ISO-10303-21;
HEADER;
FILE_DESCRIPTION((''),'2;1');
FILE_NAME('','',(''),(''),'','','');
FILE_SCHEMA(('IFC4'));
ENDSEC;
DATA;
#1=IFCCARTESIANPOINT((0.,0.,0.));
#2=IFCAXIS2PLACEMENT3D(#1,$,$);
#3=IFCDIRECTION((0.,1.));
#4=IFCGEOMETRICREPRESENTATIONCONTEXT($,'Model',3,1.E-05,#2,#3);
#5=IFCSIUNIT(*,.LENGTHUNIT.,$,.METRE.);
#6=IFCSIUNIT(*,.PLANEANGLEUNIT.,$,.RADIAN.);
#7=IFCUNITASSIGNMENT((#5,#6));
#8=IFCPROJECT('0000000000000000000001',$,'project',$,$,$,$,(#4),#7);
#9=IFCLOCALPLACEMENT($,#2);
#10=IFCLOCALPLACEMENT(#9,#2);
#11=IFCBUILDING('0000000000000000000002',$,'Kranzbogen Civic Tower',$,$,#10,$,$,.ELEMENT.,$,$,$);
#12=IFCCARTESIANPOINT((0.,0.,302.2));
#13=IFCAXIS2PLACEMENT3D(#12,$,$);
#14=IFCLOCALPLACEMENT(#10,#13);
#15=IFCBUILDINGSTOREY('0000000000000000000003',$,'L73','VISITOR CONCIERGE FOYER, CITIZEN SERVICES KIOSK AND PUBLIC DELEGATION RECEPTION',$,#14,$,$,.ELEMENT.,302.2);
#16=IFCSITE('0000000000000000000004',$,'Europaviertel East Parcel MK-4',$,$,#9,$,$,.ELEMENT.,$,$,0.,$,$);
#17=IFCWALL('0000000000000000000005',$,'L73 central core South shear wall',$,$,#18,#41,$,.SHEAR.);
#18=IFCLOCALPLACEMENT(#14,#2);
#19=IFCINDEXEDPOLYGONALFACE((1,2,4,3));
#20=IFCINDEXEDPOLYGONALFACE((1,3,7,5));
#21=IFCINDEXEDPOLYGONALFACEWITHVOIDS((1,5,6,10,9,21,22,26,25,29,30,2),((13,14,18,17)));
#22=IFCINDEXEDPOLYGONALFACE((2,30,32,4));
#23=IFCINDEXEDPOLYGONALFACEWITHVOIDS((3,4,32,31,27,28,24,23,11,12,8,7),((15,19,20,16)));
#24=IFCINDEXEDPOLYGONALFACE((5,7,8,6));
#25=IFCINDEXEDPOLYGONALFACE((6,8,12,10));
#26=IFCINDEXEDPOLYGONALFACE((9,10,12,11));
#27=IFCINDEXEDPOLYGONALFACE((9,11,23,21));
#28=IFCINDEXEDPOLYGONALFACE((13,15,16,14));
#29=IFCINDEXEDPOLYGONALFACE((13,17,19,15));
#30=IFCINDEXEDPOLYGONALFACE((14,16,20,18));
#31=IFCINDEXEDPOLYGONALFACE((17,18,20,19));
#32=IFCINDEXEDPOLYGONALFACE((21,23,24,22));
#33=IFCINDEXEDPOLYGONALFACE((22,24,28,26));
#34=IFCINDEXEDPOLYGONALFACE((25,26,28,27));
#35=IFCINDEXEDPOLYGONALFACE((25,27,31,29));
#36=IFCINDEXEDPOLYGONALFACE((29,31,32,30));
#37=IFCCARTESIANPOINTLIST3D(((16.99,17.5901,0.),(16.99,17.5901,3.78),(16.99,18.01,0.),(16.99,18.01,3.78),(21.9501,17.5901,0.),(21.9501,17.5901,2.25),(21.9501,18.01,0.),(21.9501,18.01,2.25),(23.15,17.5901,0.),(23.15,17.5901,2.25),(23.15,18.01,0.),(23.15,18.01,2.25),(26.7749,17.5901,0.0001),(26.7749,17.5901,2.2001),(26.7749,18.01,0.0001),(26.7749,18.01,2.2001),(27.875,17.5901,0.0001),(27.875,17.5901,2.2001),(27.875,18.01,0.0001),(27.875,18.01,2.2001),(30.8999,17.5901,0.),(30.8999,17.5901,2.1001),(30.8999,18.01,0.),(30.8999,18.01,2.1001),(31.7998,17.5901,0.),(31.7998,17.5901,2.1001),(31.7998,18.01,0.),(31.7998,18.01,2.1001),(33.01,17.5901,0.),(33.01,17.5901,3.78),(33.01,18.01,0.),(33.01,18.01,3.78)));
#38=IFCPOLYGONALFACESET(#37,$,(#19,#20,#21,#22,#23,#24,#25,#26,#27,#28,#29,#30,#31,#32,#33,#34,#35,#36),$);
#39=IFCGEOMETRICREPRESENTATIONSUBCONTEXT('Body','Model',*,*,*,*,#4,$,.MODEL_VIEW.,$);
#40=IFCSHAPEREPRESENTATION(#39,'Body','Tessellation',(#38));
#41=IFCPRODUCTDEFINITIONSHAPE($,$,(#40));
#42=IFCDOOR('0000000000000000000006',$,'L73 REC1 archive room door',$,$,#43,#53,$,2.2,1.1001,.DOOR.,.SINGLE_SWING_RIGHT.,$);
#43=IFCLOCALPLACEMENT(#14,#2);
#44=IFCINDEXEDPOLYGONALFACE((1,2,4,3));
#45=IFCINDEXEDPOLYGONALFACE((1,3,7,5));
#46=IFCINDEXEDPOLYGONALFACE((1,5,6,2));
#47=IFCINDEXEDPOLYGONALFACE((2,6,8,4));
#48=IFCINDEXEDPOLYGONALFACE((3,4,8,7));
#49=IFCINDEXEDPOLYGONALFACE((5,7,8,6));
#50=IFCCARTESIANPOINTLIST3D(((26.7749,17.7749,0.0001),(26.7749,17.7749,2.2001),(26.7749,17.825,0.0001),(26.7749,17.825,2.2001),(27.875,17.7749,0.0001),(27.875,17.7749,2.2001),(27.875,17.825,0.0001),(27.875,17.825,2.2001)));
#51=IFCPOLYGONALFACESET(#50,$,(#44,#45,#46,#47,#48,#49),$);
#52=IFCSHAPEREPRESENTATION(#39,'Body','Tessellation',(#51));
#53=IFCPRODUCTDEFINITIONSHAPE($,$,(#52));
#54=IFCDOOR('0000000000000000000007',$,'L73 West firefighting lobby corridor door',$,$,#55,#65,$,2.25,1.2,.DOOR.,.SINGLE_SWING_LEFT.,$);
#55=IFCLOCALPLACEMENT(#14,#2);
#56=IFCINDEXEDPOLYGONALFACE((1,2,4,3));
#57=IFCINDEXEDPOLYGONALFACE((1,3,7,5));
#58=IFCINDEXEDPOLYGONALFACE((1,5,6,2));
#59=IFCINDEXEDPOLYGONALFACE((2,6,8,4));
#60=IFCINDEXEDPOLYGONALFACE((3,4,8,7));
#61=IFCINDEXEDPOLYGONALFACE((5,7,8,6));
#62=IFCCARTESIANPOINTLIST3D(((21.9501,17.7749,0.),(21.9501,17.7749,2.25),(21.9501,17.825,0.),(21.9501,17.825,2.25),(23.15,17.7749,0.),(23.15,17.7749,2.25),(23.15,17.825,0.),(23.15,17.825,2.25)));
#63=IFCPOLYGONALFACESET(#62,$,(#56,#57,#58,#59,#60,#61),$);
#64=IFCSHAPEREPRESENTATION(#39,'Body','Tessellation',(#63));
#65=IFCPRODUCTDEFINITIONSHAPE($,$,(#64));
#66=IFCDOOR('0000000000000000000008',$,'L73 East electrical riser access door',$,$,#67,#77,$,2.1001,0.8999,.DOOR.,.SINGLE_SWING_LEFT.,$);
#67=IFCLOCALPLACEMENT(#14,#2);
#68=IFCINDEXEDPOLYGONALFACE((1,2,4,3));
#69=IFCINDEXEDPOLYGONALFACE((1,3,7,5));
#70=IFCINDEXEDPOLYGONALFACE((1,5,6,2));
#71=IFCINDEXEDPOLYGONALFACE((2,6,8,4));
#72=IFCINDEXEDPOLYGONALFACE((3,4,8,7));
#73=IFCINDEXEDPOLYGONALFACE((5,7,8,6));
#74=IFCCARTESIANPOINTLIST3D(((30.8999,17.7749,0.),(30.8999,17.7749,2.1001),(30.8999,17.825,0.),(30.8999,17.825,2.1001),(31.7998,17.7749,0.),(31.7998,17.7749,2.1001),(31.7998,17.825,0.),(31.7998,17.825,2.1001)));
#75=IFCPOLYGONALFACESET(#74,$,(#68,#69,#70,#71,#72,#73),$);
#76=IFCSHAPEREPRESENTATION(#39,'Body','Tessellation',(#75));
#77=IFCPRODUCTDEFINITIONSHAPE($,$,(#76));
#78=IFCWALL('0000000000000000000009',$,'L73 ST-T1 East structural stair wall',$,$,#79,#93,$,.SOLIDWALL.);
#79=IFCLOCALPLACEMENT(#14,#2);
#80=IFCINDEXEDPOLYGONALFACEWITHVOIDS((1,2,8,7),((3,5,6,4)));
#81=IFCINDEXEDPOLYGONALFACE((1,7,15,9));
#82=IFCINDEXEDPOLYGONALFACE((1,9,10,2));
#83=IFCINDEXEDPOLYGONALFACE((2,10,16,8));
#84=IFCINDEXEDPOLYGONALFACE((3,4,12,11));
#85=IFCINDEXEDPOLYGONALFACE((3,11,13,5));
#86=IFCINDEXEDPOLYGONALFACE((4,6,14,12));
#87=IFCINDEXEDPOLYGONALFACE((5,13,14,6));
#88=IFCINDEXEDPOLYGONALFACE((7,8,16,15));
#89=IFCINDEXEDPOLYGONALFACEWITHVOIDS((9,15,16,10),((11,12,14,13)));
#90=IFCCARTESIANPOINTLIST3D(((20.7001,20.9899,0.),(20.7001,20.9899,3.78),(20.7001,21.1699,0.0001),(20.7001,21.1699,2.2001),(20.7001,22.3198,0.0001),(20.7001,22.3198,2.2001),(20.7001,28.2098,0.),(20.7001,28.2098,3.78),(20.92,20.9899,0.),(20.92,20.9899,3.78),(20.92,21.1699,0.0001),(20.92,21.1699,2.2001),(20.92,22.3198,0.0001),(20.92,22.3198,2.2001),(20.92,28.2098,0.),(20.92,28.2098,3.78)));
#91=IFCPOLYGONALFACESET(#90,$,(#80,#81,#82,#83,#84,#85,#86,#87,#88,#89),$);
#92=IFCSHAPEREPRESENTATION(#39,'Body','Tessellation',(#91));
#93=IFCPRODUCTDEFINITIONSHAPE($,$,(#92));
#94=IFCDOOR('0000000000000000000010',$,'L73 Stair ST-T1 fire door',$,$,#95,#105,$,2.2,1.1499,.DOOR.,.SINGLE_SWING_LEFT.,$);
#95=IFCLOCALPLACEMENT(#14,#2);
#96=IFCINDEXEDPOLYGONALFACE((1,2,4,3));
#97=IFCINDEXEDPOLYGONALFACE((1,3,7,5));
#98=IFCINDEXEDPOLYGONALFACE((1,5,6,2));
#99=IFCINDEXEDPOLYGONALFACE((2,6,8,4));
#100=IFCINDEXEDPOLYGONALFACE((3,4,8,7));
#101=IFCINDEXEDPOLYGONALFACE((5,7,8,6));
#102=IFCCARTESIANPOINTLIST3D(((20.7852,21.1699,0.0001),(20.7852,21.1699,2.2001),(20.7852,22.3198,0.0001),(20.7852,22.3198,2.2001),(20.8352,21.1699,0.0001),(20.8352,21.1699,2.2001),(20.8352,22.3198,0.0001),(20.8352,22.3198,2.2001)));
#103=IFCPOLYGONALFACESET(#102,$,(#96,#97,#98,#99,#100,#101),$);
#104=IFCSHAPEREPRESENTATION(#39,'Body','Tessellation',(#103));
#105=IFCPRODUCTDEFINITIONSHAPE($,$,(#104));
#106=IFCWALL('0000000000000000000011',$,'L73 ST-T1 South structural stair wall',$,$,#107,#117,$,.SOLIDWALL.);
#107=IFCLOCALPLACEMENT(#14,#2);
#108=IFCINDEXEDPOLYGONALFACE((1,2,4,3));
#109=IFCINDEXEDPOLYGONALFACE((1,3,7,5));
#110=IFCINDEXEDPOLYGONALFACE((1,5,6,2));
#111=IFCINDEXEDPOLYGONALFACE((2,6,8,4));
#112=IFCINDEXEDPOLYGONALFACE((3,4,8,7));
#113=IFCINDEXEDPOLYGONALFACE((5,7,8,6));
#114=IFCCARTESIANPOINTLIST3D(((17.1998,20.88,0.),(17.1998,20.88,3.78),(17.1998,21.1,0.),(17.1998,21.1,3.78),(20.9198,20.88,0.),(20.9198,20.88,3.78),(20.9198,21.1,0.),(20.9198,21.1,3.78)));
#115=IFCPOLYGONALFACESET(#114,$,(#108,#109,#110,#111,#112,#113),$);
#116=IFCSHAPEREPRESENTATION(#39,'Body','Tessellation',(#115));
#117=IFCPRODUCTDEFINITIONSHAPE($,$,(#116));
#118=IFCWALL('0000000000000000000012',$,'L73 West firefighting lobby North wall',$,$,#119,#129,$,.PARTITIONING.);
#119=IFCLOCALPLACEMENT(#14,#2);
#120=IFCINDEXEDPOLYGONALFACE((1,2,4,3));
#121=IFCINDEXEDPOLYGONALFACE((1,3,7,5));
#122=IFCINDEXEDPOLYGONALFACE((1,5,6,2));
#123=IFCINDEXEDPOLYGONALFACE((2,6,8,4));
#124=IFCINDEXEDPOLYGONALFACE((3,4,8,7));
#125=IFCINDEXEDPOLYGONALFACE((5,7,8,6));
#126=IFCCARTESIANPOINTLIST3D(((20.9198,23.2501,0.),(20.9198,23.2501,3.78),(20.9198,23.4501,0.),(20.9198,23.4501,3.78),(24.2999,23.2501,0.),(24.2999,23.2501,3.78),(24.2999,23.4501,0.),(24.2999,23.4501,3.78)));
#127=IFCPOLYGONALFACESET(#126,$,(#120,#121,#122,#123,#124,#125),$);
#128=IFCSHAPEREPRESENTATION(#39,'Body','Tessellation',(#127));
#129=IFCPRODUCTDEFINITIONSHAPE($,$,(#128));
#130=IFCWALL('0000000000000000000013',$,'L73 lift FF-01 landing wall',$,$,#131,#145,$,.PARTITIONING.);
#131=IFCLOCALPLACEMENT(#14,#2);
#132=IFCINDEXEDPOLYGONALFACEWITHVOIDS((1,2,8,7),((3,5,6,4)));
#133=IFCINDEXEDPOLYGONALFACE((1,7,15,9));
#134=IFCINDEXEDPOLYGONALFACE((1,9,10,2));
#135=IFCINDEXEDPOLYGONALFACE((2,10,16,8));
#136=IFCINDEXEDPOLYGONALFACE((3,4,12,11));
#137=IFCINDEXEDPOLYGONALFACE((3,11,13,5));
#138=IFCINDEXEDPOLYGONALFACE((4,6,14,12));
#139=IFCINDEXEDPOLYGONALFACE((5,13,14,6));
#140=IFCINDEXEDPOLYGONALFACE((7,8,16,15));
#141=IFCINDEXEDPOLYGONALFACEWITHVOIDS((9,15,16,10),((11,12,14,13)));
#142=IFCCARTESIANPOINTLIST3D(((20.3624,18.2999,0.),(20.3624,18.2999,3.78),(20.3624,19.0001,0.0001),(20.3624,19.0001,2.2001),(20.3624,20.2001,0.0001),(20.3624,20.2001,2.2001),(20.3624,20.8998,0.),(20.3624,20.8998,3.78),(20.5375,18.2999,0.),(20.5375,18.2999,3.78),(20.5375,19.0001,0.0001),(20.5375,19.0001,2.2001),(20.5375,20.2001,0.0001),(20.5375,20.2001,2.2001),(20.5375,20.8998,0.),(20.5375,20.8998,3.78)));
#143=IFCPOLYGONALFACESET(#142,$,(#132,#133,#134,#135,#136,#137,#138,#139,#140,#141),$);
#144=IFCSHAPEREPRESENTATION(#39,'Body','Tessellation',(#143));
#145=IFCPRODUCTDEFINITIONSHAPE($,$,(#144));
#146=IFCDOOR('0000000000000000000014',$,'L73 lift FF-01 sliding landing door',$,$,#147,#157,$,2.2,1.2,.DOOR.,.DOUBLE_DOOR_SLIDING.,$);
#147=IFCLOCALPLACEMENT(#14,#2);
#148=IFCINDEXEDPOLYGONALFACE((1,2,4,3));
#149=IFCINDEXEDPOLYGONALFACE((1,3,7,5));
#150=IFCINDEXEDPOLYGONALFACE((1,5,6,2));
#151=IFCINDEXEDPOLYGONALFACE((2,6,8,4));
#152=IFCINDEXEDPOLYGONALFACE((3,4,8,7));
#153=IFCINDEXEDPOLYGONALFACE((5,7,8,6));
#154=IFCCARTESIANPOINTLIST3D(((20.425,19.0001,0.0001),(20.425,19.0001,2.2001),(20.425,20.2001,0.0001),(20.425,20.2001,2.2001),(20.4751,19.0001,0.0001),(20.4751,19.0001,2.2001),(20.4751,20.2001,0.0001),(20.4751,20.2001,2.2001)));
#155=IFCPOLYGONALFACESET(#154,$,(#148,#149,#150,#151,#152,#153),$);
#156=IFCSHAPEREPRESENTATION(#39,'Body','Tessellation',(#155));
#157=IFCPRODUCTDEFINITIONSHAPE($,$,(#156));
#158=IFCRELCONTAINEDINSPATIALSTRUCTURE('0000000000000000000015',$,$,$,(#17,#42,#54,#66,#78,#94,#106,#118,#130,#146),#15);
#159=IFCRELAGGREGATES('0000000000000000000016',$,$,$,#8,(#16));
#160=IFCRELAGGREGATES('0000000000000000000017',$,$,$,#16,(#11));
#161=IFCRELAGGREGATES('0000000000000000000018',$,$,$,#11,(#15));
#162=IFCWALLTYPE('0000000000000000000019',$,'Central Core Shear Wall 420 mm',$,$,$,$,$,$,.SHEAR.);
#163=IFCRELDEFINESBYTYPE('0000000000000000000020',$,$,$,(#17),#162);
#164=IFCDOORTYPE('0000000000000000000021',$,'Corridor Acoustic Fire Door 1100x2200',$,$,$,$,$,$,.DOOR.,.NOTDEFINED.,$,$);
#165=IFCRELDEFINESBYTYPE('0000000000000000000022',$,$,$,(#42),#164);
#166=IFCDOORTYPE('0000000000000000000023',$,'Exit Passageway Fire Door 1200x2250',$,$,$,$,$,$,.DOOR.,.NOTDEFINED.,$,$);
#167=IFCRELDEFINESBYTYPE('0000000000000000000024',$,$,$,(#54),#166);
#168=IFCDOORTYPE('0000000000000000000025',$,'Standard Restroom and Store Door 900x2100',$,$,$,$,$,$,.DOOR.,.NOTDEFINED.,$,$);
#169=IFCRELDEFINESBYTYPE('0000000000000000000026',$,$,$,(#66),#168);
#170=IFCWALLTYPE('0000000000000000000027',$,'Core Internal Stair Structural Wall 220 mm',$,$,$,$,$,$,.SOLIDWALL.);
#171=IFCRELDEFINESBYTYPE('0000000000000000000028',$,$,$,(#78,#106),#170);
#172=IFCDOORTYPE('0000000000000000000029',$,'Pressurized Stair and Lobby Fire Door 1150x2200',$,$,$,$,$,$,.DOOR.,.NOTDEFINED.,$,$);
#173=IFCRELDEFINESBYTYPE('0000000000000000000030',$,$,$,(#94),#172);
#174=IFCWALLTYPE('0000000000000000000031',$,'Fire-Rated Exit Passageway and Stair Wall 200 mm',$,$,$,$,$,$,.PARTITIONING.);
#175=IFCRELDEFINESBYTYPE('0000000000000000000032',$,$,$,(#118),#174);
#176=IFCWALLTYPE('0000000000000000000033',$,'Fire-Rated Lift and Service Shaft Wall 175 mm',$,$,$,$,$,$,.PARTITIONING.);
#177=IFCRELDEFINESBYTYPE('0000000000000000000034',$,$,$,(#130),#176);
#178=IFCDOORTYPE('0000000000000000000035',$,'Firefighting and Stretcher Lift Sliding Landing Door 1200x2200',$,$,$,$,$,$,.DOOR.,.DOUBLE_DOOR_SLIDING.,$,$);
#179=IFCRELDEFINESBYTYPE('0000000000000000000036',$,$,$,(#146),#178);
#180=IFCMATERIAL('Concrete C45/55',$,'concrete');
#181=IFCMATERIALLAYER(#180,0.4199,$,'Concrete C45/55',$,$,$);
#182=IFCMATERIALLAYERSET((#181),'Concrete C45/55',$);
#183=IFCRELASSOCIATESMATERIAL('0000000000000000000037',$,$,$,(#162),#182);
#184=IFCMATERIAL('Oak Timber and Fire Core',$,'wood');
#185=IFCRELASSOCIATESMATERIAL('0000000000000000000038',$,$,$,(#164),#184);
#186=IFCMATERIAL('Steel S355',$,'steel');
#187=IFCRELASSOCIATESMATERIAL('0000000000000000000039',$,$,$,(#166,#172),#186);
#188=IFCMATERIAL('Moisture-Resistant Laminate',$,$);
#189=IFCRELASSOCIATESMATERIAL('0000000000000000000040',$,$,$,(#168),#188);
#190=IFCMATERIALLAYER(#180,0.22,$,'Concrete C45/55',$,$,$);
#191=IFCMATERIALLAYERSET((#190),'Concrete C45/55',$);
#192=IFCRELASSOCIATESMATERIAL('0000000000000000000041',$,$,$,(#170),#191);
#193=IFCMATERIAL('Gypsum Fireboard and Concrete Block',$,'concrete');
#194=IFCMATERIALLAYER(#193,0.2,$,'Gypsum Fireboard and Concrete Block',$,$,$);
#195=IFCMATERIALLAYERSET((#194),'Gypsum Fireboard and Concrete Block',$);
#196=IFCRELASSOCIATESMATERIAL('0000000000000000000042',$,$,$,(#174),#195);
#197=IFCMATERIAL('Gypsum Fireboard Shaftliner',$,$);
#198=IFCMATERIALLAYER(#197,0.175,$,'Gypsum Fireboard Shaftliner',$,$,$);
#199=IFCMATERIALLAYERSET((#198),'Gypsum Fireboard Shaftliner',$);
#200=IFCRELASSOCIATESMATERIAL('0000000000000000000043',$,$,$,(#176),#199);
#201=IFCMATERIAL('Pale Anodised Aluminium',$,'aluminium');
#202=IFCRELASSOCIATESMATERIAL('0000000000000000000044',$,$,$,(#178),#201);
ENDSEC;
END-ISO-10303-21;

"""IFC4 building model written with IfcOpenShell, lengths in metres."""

from ifc_helpers import new_model, si_unit, direction, frame, frame_2d, origin, place, context, subcontext, project, spatial, rectangle, extrude, material, layer, layer_set, type_object, element, fill, save


model = new_model("IFC4")

# Units and contexts
model_context = context("Model", 3, precision=1e-05, world=origin(), true_north=direction((0.0, 1.0)))
body_context = subcontext(model_context, "Body", "Model", "MODEL_VIEW")
ifc_project = project(units=[si_unit("LENGTHUNIT", "METRE"), si_unit("PLANEANGLEUNIT", "RADIAN")], contexts=[model_context])

# Site, building, storey
site_placement = place(None, origin())
site = spatial("IfcSite", under=ifc_project, at=site_placement, Name="Europaviertel East Parcel MK-4", CompositionType="ELEMENT", RefElevation=0.0)
building_placement = place(site_placement, origin())
building = spatial("IfcBuilding", under=site, at=building_placement, Name="Kranzbogen Civic Tower", CompositionType="ELEMENT")
storey_placement = place(building_placement, frame((0.0, 0.0, 302.2)))
storey = spatial("IfcBuildingStorey", under=building, at=storey_placement, Name="L73", Description="VISITOR CONCIERGE FOYER, CITIZEN SERVICES KIOSK AND PUBLIC DELEGATION RECEPTION", CompositionType="ELEMENT", Elevation=302.2)

# Shared definitions
ifc_material_1 = material(Name="Steel S355", Category="steel")

# Shared definitions
ifc_material_2 = material(Name="Pale Anodised Aluminium", Category="aluminium")

# Wall, openings, doors
ifc_material_3 = material(Name="Concrete C45/55", Category="concrete")
ifc_layer_1 = layer(ifc_material_3, 0.4199, Name="Concrete C45/55")
ifc_layer_set_1 = layer_set([ifc_layer_1], Name="Concrete C45/55")
wall_type_1 = type_object("IfcWallType", Name="Central Core Shear Wall 420 mm", PredefinedType="SHEAR", material=ifc_layer_set_1)
wall_1_placement = place(storey_placement, frame((16.99, 17.8, 0.0), z_axis=(0.0, 0.0, 1.0), x_axis=(1.0, 0.0, 0.0)))
wall_1 = element("IfcWall", 1, at=wall_1_placement, inside=storey, type_object=wall_type_1, Name="L73 central core South shear wall", PredefinedType="SHEAR", context=body_context, shape_type="SweptSolid", body=[
    extrude(rectangle(XDim=16.02, YDim=0.4199, at=frame_2d((8.01, 0.0))), origin(), (0.0, 0.0, 1.0), 3.78),
])
opening_1_placement = place(wall_1_placement, frame((4.96, 0.0, 0.0)))
opening_1 = element("IfcOpeningElement", 2, at=opening_1_placement, cuts=wall_1, PredefinedType="OPENING", context=body_context, shape_type="SweptSolid", body=[
    extrude(rectangle(XDim=1.2, YDim=2.25, at=frame_2d((0.6001, 1.125))), frame((0.0, 0.22, 0.0), z_axis=(0.0, -1.0, 0.0), x_axis=(1.0, 0.0, 0.0)), (0.0, 0.0, 1.0), 0.4399),
])
opening_2_placement = place(wall_1_placement, frame((13.9099, 0.0, 0.0)))
opening_2 = element("IfcOpeningElement", 3, at=opening_2_placement, cuts=wall_1, PredefinedType="OPENING", context=body_context, shape_type="SweptSolid", body=[
    extrude(rectangle(XDim=0.8999, YDim=2.1001, at=frame_2d((0.45, 1.05))), frame((0.0, 0.22, 0.0), z_axis=(0.0, -1.0, 0.0), x_axis=(1.0, 0.0, 0.0)), (0.0, 0.0, 1.0), 0.4399),
])
opening_3_placement = place(wall_1_placement, frame((9.7849, 0.0, 0.0)))
opening_3 = element("IfcOpeningElement", 4, at=opening_3_placement, cuts=wall_1, PredefinedType="OPENING", context=body_context, shape_type="SweptSolid", body=[
    extrude(rectangle(XDim=1.1001, YDim=2.2, at=frame_2d((0.55, 1.1001))), frame((0.0, 0.22, 0.0), z_axis=(0.0, -1.0, 0.0), x_axis=(1.0, 0.0, 0.0)), (0.0, 0.0, 1.0), 0.4399),
])
ifc_material_4 = material(Name="Oak Timber and Fire Core", Category="wood")
door_type_1 = type_object("IfcDoorType", Name="Corridor Acoustic Fire Door 1100x2200", OperationType="NOTDEFINED", PredefinedType="DOOR", material=ifc_material_4)
door_1_placement = place(opening_3_placement, origin())
door_1 = element("IfcDoor", 5, at=door_1_placement, inside=storey, type_object=door_type_1, Name="L73 REC1 archive room door", OperationType="SINGLE_SWING_RIGHT", OverallHeight=2.2, OverallWidth=1.1001, PredefinedType="DOOR", context=body_context, shape_type="SweptSolid", body=[
    extrude(rectangle(XDim=1.1001, YDim=2.2, at=frame_2d((0.55, 1.1001))), frame((0.0, 0.0249, 0.0), z_axis=(0.0, -1.0, 0.0), x_axis=(1.0, 0.0, 0.0)), (0.0, 0.0, 1.0), 0.05),
])
fill(opening_3, door_1)
door_type_2 = type_object("IfcDoorType", Name="Exit Passageway Fire Door 1200x2250", OperationType="NOTDEFINED", PredefinedType="DOOR", material=ifc_material_1)
door_2_placement = place(opening_1_placement, origin())
door_2 = element("IfcDoor", 6, at=door_2_placement, inside=storey, type_object=door_type_2, Name="L73 West firefighting lobby corridor door", OperationType="SINGLE_SWING_LEFT", OverallHeight=2.25, OverallWidth=1.2, PredefinedType="DOOR", context=body_context, shape_type="SweptSolid", body=[
    extrude(rectangle(XDim=1.2, YDim=2.25, at=frame_2d((0.6001, 1.125))), frame((0.0, 0.0249, 0.0), z_axis=(0.0, -1.0, 0.0), x_axis=(1.0, 0.0, 0.0)), (0.0, 0.0, 1.0), 0.05),
])
fill(opening_1, door_2)
ifc_material_5 = material(Name="Moisture-Resistant Laminate")
door_type_3 = type_object("IfcDoorType", Name="Standard Restroom and Store Door 900x2100", OperationType="NOTDEFINED", PredefinedType="DOOR", material=ifc_material_5)
door_3_placement = place(opening_2_placement, origin())
door_3 = element("IfcDoor", 7, at=door_3_placement, inside=storey, type_object=door_type_3, Name="L73 East electrical riser access door", OperationType="SINGLE_SWING_LEFT", OverallHeight=2.1001, OverallWidth=0.8999, PredefinedType="DOOR", context=body_context, shape_type="SweptSolid", body=[
    extrude(rectangle(XDim=0.8999, YDim=2.1001, at=frame_2d((0.45, 1.05))), frame((0.0, 0.0249, 0.0), z_axis=(0.0, -1.0, 0.0), x_axis=(1.0, 0.0, 0.0)), (0.0, 0.0, 1.0), 0.05),
])
fill(opening_2, door_3)

# Wall, opening, door
ifc_layer_2 = layer(ifc_material_3, 0.22, Name="Concrete C45/55")
ifc_layer_set_2 = layer_set([ifc_layer_2], Name="Concrete C45/55")
wall_type_2 = type_object("IfcWallType", Name="Core Internal Stair Structural Wall 220 mm", PredefinedType="SOLIDWALL", material=ifc_layer_set_2)
wall_2_placement = place(storey_placement, frame((20.8101, 20.99, 0.0), z_axis=(0.0, 0.0, 1.0), x_axis=(0.0, 1.0, 0.0)))
wall_2 = element("IfcWall", 8, at=wall_2_placement, inside=storey, type_object=wall_type_2, Name="L73 ST-T1 East structural stair wall", PredefinedType="SOLIDWALL", context=body_context, shape_type="SweptSolid", body=[
    extrude(rectangle(XDim=7.22, YDim=0.22, at=frame_2d((3.6099, 0.0))), origin(), (0.0, 0.0, 1.0), 3.78),
])
opening_4_placement = place(wall_2_placement, frame((0.1799, 0.0, 0.0)))
opening_4 = element("IfcOpeningElement", 9, at=opening_4_placement, cuts=wall_2, PredefinedType="OPENING", context=body_context, shape_type="SweptSolid", body=[
    extrude(rectangle(XDim=1.1499, YDim=2.2, at=frame_2d((0.575, 1.1001))), frame((0.0, 0.1201, 0.0), z_axis=(0.0, -1.0, 0.0), x_axis=(1.0, 0.0, 0.0)), (0.0, 0.0, 1.0), 0.24),
])
door_type_4 = type_object("IfcDoorType", Name="Pressurized Stair and Lobby Fire Door 1150x2200", OperationType="NOTDEFINED", PredefinedType="DOOR", material=ifc_material_1)
door_4_placement = place(opening_4_placement, origin())
door_4 = element("IfcDoor", 10, at=door_4_placement, inside=storey, type_object=door_type_4, Name="L73 Stair ST-T1 fire door", OperationType="SINGLE_SWING_LEFT", OverallHeight=2.2, OverallWidth=1.1499, PredefinedType="DOOR", context=body_context, shape_type="SweptSolid", body=[
    extrude(rectangle(XDim=1.1499, YDim=2.2, at=frame_2d((0.575, 1.1001))), frame((0.0, 0.0249, 0.0), z_axis=(0.0, -1.0, 0.0), x_axis=(1.0, 0.0, 0.0)), (0.0, 0.0, 1.0), 0.05),
])
fill(opening_4, door_4)

# Walls
wall_3_placement = place(storey_placement, frame((17.2, 20.99, 0.0), z_axis=(0.0, 0.0, 1.0), x_axis=(1.0, 0.0, 0.0)))
element("IfcWall", 11, at=wall_3_placement, inside=storey, type_object=wall_type_2, Name="L73 ST-T1 South structural stair wall", PredefinedType="SOLIDWALL", context=body_context, shape_type="SweptSolid", body=[
    extrude(rectangle(XDim=3.72, YDim=0.22, at=frame_2d((1.8599, 0.0))), origin(), (0.0, 0.0, 1.0), 3.78),
])
ifc_material_6 = material(Name="Gypsum Fireboard and Concrete Block", Category="concrete")
ifc_layer_3 = layer(ifc_material_6, 0.2, Name="Gypsum Fireboard and Concrete Block")
ifc_layer_set_3 = layer_set([ifc_layer_3], Name="Gypsum Fireboard and Concrete Block")
wall_type_3 = type_object("IfcWallType", Name="Fire-Rated Exit Passageway and Stair Wall 200 mm", PredefinedType="PARTITIONING", material=ifc_layer_set_3)
wall_4_placement = place(storey_placement, frame((20.9199, 23.3501, 0.0), z_axis=(0.0, 0.0, 1.0), x_axis=(1.0, 0.0, 0.0)))
element("IfcWall", 12, at=wall_4_placement, inside=storey, type_object=wall_type_3, Name="L73 West firefighting lobby North wall", PredefinedType="PARTITIONING", context=body_context, shape_type="SweptSolid", body=[
    extrude(rectangle(XDim=3.3801, YDim=0.2, at=frame_2d((1.6899, 0.0))), origin(), (0.0, 0.0, 1.0), 3.78),
])

# Wall, opening, door
ifc_material_7 = material(Name="Gypsum Fireboard Shaftliner")
ifc_layer_4 = layer(ifc_material_7, 0.175, Name="Gypsum Fireboard Shaftliner")
ifc_layer_set_4 = layer_set([ifc_layer_4], Name="Gypsum Fireboard Shaftliner")
wall_type_4 = type_object("IfcWallType", Name="Fire-Rated Lift and Service Shaft Wall 175 mm", PredefinedType="PARTITIONING", material=ifc_layer_set_4)
wall_5_placement = place(storey_placement, frame((20.45, 18.3, 0.0), z_axis=(0.0, 0.0, 1.0), x_axis=(0.0, 1.0, 0.0)))
wall_5 = element("IfcWall", 13, at=wall_5_placement, inside=storey, type_object=wall_type_4, Name="L73 lift FF-01 landing wall", PredefinedType="PARTITIONING", context=body_context, shape_type="SweptSolid", body=[
    extrude(rectangle(XDim=2.5999, YDim=0.175, at=frame_2d((1.2998, 0.0))), origin(), (0.0, 0.0, 1.0), 3.78),
])
opening_5_placement = place(wall_5_placement, frame((0.7, 0.0, 0.0)))
opening_5 = element("IfcOpeningElement", 14, at=opening_5_placement, cuts=wall_5, PredefinedType="OPENING", context=body_context, shape_type="SweptSolid", body=[
    extrude(rectangle(XDim=1.2, YDim=2.2, at=frame_2d((0.6001, 1.1001))), frame((0.0, 0.0977, 0.0), z_axis=(0.0, -1.0, 0.0), x_axis=(1.0, 0.0, 0.0)), (0.0, 0.0, 1.0), 0.1951),
])
door_type_5 = type_object("IfcDoorType", Name="Firefighting and Stretcher Lift Sliding Landing Door 1200x2200", OperationType="DOUBLE_DOOR_SLIDING", PredefinedType="DOOR", material=ifc_material_2)
door_5_placement = place(opening_5_placement, origin())
door_5 = element("IfcDoor", 15, at=door_5_placement, inside=storey, type_object=door_type_5, Name="L73 lift FF-01 sliding landing door", OperationType="DOUBLE_DOOR_SLIDING", OverallHeight=2.2, OverallWidth=1.2, PredefinedType="DOOR", context=body_context, shape_type="SweptSolid", body=[
    extrude(rectangle(XDim=1.2, YDim=2.2, at=frame_2d((0.6001, 1.1001))), frame((0.0, 0.0249, 0.0), z_axis=(0.0, -1.0, 0.0), x_axis=(1.0, 0.0, 0.0)), (0.0, 0.0, 1.0), 0.05),
])
fill(opening_5, door_5)

save(model, "model.ifc")
